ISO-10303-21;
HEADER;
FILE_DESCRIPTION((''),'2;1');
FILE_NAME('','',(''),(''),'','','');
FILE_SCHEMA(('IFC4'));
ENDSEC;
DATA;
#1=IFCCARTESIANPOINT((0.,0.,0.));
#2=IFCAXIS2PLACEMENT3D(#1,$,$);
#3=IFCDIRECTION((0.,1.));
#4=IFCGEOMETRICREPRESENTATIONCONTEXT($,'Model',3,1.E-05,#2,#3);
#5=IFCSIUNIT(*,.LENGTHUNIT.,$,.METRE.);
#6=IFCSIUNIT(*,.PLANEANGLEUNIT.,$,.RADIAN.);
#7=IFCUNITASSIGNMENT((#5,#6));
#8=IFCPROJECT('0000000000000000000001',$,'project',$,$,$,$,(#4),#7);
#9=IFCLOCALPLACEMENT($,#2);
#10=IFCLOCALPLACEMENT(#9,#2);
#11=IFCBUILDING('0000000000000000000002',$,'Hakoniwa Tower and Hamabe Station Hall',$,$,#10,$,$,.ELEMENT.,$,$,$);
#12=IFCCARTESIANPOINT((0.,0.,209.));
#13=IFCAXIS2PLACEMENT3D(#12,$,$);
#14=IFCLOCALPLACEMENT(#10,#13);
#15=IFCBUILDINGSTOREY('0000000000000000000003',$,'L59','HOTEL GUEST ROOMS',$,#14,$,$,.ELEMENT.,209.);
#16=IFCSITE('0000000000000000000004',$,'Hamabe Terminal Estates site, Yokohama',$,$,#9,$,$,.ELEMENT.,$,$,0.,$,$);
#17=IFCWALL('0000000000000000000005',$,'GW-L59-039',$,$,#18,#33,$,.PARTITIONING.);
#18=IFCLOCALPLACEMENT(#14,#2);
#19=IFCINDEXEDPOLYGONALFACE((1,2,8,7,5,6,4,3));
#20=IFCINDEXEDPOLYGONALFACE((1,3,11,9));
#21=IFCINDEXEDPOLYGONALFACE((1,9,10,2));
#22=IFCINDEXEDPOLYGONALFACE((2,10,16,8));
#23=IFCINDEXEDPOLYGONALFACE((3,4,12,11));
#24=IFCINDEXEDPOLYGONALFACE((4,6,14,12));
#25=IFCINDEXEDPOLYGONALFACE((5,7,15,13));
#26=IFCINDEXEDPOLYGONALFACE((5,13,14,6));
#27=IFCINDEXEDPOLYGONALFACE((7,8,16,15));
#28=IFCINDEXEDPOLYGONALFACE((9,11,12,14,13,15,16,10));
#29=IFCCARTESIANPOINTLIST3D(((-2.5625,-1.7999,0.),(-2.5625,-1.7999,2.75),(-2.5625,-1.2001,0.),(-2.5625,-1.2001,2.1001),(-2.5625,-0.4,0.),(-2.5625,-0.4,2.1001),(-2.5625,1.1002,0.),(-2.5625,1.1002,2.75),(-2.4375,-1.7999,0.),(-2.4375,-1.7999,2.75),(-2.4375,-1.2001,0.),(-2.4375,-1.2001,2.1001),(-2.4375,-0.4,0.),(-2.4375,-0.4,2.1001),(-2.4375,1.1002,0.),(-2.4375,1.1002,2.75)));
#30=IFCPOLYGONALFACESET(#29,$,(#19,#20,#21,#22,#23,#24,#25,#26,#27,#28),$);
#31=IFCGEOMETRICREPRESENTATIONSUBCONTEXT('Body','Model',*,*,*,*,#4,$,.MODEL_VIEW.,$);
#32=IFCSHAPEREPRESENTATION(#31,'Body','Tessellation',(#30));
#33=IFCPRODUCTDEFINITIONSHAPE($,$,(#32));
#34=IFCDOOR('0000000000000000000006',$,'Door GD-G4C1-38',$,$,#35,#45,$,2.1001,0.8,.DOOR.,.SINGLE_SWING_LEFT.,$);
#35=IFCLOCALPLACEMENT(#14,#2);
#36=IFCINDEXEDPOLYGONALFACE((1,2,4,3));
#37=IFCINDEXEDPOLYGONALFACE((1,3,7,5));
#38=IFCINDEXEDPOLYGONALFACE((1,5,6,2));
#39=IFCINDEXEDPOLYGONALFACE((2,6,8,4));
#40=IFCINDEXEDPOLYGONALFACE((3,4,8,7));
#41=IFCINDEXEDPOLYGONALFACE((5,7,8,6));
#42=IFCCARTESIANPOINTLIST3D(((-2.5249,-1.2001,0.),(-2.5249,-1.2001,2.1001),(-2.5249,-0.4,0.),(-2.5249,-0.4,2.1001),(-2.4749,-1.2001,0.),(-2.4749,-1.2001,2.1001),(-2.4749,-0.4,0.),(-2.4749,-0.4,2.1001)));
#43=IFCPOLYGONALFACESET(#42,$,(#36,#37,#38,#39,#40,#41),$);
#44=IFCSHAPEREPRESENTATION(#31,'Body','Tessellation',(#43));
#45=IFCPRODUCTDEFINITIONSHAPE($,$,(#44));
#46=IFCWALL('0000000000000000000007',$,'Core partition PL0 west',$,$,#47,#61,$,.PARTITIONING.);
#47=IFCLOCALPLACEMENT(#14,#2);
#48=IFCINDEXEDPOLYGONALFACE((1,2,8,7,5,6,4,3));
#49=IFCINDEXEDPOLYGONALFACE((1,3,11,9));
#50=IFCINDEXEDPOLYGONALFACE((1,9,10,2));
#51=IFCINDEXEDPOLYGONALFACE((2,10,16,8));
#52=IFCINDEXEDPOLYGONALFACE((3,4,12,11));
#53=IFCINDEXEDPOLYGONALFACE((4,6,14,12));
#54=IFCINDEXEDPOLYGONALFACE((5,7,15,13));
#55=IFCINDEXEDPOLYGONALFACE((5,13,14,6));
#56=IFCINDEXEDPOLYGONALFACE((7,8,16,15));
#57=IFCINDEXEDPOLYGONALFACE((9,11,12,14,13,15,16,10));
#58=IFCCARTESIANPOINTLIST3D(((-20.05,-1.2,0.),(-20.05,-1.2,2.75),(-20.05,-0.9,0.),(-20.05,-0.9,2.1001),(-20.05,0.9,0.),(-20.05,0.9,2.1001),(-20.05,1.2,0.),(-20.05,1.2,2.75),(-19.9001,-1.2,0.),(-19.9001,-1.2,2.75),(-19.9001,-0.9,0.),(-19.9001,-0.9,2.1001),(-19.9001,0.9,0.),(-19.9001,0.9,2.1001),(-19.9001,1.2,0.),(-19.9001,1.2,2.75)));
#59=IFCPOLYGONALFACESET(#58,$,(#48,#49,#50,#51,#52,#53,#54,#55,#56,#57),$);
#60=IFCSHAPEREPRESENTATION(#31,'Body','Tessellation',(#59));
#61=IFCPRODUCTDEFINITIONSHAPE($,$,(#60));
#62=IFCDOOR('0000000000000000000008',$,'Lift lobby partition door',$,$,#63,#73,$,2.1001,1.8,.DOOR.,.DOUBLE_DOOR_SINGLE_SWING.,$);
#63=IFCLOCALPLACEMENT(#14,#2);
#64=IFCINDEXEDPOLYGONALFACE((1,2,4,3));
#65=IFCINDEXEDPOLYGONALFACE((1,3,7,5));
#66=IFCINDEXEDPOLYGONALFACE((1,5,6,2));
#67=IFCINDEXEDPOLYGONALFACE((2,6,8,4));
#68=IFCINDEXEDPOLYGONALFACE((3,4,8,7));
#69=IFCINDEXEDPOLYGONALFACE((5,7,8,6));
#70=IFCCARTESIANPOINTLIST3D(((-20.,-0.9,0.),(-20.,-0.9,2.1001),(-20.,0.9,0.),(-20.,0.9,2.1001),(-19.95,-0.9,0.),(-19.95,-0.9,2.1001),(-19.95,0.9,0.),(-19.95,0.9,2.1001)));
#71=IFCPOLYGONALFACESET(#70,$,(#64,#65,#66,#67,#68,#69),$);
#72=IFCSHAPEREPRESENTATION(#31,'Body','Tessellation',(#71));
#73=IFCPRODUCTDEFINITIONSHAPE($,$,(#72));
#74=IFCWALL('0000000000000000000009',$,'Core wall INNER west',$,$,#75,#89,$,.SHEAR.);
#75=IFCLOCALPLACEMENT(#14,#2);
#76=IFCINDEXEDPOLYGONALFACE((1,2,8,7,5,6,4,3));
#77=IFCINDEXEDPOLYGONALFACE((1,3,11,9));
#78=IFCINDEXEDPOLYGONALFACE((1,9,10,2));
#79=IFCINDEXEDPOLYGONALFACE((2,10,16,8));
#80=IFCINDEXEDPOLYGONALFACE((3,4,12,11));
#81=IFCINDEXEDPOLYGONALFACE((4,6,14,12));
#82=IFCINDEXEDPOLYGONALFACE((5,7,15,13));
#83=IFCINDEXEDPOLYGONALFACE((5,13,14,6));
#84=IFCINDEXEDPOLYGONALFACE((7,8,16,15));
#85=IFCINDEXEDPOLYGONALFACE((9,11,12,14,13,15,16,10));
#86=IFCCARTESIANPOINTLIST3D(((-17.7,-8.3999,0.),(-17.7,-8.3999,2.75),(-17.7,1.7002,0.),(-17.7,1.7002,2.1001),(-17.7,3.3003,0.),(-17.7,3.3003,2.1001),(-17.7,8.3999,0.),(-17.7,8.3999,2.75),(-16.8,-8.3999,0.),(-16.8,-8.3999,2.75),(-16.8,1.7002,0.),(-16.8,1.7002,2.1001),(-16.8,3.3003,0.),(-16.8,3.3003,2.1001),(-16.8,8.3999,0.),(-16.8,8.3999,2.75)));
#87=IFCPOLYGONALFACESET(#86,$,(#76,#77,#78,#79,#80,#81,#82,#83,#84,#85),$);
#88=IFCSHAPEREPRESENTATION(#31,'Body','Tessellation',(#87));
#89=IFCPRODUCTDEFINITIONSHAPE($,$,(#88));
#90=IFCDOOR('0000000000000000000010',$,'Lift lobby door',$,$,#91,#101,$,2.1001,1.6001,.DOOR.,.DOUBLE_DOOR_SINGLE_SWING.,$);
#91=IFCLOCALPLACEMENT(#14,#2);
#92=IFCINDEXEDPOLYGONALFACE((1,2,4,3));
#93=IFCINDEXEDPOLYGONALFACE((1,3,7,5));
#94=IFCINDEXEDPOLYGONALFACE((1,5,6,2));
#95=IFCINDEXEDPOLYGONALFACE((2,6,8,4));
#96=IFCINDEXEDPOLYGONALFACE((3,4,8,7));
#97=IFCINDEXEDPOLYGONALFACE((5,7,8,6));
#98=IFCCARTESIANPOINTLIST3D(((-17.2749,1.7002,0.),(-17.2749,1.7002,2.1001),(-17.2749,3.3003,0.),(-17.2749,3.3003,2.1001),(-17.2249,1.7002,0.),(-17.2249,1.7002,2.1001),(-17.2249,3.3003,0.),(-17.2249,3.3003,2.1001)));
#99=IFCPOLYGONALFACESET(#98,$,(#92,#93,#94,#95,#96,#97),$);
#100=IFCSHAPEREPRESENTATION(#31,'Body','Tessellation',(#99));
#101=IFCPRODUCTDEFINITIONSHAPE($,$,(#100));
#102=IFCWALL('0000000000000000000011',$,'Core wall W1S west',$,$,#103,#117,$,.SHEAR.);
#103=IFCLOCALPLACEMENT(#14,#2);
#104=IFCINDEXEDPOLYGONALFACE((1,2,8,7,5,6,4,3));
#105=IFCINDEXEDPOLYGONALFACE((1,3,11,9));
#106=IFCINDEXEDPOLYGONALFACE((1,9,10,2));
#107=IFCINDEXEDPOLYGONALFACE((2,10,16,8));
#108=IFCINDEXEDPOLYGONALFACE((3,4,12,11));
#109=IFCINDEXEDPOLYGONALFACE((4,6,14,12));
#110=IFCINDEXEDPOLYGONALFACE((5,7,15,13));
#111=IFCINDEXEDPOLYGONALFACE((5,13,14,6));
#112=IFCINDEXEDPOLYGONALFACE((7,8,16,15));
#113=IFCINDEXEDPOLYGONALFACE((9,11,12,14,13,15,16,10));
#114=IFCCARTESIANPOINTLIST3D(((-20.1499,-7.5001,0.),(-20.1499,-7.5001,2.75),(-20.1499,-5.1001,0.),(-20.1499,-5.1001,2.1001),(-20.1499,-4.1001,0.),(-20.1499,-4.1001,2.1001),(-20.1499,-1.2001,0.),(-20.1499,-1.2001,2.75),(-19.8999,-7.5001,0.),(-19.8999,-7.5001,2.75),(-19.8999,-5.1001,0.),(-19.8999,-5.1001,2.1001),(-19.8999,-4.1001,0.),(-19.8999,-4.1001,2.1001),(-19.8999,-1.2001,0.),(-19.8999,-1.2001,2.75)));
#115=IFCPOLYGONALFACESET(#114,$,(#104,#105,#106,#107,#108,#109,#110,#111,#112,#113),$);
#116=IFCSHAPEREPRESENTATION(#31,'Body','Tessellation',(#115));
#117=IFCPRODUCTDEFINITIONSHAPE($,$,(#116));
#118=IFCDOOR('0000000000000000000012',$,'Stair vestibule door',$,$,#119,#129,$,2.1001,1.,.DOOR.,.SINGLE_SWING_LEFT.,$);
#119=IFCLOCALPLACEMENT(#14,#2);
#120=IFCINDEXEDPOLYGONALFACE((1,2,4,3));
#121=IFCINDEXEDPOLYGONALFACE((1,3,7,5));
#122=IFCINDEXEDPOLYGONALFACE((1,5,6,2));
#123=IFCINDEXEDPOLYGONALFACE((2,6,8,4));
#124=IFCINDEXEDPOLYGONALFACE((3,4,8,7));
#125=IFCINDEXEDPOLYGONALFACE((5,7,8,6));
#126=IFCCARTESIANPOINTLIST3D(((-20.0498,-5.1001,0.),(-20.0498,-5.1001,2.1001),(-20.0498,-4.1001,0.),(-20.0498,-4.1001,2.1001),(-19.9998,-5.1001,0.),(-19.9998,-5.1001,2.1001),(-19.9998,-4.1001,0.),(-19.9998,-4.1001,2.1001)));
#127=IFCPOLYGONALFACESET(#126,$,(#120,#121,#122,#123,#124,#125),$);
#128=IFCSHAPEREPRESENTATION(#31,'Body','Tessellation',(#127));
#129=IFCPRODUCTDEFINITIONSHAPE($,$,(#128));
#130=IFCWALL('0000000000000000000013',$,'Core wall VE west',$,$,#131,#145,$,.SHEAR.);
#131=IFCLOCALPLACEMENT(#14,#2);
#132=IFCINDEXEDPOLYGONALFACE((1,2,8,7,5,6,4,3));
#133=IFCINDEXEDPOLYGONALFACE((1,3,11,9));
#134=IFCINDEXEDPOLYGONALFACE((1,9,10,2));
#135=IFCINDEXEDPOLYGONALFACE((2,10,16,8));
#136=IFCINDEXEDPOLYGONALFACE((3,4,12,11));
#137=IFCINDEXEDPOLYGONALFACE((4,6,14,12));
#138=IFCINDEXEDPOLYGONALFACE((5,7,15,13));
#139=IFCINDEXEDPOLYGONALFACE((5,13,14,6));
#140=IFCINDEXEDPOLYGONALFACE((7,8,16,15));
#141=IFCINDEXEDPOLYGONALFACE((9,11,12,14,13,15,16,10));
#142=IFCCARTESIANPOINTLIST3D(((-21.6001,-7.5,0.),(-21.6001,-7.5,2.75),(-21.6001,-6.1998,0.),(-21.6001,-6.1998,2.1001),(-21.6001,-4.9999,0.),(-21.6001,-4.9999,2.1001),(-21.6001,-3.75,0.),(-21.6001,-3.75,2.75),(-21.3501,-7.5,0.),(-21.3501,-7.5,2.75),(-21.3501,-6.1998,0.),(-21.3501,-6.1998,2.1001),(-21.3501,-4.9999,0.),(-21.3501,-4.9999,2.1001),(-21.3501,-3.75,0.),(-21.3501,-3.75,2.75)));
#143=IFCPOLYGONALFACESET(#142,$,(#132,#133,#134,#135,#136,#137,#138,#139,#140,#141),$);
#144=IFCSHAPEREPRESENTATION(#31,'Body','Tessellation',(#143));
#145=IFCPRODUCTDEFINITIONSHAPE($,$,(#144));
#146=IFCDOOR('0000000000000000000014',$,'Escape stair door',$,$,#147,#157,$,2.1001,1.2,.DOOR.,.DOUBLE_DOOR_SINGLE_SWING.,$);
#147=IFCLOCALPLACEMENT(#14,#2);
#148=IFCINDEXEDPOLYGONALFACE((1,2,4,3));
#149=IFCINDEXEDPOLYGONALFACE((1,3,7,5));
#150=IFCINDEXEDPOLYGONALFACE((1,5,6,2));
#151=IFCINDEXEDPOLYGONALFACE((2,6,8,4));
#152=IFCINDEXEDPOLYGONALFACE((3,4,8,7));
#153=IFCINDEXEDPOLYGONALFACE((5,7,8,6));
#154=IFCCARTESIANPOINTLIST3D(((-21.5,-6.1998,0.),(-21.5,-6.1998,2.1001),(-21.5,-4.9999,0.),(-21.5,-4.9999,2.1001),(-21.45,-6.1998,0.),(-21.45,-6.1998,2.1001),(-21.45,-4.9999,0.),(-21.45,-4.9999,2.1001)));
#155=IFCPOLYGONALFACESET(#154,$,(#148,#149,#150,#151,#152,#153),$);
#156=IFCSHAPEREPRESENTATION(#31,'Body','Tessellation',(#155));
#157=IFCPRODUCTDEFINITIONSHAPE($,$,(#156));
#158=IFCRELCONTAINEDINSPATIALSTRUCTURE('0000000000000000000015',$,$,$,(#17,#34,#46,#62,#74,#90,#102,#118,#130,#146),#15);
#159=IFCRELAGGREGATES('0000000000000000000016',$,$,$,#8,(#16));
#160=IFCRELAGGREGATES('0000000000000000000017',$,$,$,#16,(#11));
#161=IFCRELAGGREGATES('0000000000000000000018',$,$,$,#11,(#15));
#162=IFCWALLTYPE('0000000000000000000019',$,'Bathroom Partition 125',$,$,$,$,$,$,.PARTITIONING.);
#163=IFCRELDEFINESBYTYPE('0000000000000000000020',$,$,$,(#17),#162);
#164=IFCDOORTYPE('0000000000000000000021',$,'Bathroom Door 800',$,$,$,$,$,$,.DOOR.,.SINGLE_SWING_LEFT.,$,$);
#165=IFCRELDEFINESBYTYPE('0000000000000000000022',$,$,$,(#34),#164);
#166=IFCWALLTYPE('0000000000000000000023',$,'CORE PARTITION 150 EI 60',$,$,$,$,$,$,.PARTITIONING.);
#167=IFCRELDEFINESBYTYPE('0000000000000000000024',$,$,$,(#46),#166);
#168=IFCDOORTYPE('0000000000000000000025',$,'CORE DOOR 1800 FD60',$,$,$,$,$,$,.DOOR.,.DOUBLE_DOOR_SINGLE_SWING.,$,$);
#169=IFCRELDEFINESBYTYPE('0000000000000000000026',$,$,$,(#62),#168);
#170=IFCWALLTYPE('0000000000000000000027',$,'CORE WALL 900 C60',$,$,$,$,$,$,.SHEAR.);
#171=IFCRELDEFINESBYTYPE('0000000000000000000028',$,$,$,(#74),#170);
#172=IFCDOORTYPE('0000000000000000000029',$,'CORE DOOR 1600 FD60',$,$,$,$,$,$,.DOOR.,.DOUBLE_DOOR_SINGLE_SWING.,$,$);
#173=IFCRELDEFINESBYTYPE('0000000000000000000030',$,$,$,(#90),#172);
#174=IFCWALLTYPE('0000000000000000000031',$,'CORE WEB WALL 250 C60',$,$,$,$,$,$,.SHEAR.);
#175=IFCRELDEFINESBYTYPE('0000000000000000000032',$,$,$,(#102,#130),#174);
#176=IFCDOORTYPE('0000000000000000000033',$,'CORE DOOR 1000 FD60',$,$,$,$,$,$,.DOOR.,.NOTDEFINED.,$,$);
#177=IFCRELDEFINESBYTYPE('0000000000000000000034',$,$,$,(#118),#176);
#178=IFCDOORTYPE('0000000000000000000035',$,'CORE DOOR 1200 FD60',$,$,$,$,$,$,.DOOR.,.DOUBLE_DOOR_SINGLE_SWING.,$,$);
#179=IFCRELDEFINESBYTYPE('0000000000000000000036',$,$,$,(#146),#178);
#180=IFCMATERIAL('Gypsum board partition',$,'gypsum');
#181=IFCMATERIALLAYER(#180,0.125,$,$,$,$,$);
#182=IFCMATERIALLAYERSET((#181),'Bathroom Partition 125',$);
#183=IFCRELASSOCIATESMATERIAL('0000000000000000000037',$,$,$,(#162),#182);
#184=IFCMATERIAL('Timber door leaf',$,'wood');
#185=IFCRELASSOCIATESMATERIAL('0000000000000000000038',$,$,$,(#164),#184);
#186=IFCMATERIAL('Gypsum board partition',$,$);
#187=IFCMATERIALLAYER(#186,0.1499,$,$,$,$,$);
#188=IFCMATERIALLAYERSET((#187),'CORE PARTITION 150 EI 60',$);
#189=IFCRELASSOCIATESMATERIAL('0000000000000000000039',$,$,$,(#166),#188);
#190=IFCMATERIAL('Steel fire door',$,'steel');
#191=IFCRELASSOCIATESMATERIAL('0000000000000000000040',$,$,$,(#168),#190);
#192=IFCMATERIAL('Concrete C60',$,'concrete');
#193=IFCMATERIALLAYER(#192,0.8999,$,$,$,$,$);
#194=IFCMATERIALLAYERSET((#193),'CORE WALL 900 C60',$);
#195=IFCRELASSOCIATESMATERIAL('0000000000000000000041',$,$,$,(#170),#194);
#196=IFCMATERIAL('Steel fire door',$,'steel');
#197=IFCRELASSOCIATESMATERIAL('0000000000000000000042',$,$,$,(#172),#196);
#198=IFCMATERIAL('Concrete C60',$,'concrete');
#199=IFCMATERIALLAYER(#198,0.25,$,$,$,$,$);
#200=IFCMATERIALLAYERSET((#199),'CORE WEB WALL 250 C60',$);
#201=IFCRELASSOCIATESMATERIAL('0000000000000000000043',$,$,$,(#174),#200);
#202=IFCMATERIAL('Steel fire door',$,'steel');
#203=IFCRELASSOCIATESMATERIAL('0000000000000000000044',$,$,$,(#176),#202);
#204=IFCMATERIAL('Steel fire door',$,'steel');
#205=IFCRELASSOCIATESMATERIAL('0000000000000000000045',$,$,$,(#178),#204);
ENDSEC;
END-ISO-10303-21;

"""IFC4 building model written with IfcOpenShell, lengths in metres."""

from ifc_helpers import new_model, si_unit, direction, frame, frame_2d, origin, place, context, subcontext, project, spatial, rectangle, extrude, material, layer, layer_set, type_object, element, fill, save


model = new_model("IFC4")

# Units and contexts
model_context = context("Model", 3, precision=1e-05, world=origin(), true_north=direction((0.0, 1.0)))
body_context = subcontext(model_context, "Body", "Model", "MODEL_VIEW")
ifc_project = project(units=[si_unit("LENGTHUNIT", "METRE"), si_unit("PLANEANGLEUNIT", "RADIAN")], contexts=[model_context])

# Site, building, storey
site_placement = place(None, origin())
site = spatial("IfcSite", under=ifc_project, at=site_placement, Name="Hamabe Terminal Estates site, Yokohama", CompositionType="ELEMENT", RefElevation=0.0)
building_placement = place(site_placement, origin())
building = spatial("IfcBuilding", under=site, at=building_placement, Name="Hakoniwa Tower and Hamabe Station Hall", CompositionType="ELEMENT")
storey_placement = place(building_placement, frame((0.0, 0.0, 209.0)))
storey = spatial("IfcBuildingStorey", under=building, at=storey_placement, Name="L59", Description="HOTEL GUEST ROOMS", CompositionType="ELEMENT", Elevation=209.0)

# Shared definitions
ifc_material_1 = material(Name="Gypsum board partition", Category="gypsum")
ifc_layer_1 = layer(ifc_material_1, 0.125)
ifc_layer_set_1 = layer_set([ifc_layer_1], Name="Bathroom Partition 125")
wall_type_1 = type_object("IfcWallType", Name="Bathroom Partition 125", PredefinedType="PARTITIONING", material=ifc_layer_set_1)

# Walls, openings, doors
ifc_material_2 = material(Name="Timber door leaf", Category="wood")
door_type_1 = type_object("IfcDoorType", Name="Bathroom Door 800", OperationType="SINGLE_SWING_LEFT", PredefinedType="DOOR", material=ifc_material_2)
wall_1_placement = place(storey_placement, frame((-2.5, -1.8, 0.0), z_axis=(0.0, 0.0, 1.0), x_axis=(0.0, 1.0, 0.0)))
wall_1 = element("IfcWall", 1, at=wall_1_placement, inside=storey, type_object=wall_type_1, Name="GW-L59-039", PredefinedType="PARTITIONING", context=body_context, shape_type="SweptSolid", body=[
    extrude(rectangle(XDim=2.9001, YDim=0.125, at=frame_2d((1.4502, 0.0))), origin(), (0.0, 0.0, 1.0), 2.75),
])
opening_1_placement = place(wall_1_placement, frame((0.6001, 0.0, 0.0)))
opening_1 = element("IfcOpeningElement", 2, at=opening_1_placement, cuts=wall_1, PredefinedType="OPENING", context=body_context, shape_type="SweptSolid", body=[
    extrude(rectangle(XDim=0.8, YDim=2.1001, at=frame_2d((0.3999, 1.05))), frame((0.0, 0.0725, 0.0), z_axis=(0.0, -1.0, 0.0), x_axis=(1.0, 0.0, 0.0)), (0.0, 0.0, 1.0), 0.145),
])
door_1_placement = place(opening_1_placement, origin())
door_1 = element("IfcDoor", 3, at=door_1_placement, inside=storey, type_object=door_type_1, Name="Door GD-G4C1-38", OperationType="SINGLE_SWING_LEFT", OverallHeight=2.1001, OverallWidth=0.8, PredefinedType="DOOR", context=body_context, shape_type="SweptSolid", body=[
    extrude(rectangle(XDim=0.8, YDim=2.1001, at=frame_2d((0.3999, 1.05))), frame((0.0, 0.0249, 0.0), z_axis=(0.0, -1.0, 0.0), x_axis=(1.0, 0.0, 0.0)), (0.0, 0.0, 1.0), 0.05),
])
fill(opening_1, door_1)
ifc_material_3 = material(Name="Gypsum board partition")
ifc_layer_2 = layer(ifc_material_3, 0.1499)
ifc_layer_set_2 = layer_set([ifc_layer_2], Name="CORE PARTITION 150 EI 60")
wall_type_2 = type_object("IfcWallType", Name="CORE PARTITION 150 EI 60", PredefinedType="PARTITIONING", material=ifc_layer_set_2)
wall_2_placement = place(storey_placement, frame((-19.9751, -1.2, 0.0), z_axis=(0.0, 0.0, 1.0), x_axis=(0.0, 1.0, 0.0)))
wall_2 = element("IfcWall", 4, at=wall_2_placement, inside=storey, type_object=wall_type_2, Name="Core partition PL0 west", PredefinedType="PARTITIONING", context=body_context, shape_type="SweptSolid", body=[
    extrude(rectangle(XDim=2.3999, YDim=0.1499, at=frame_2d((1.2, 0.0))), origin(), (0.0, 0.0, 1.0), 2.75),
])
opening_2_placement = place(wall_2_placement, frame((0.3, 0.0, 0.0)))
opening_2 = element("IfcOpeningElement", 5, at=opening_2_placement, cuts=wall_2, PredefinedType="OPENING", context=body_context, shape_type="SweptSolid", body=[
    extrude(rectangle(XDim=1.8, YDim=2.1001, at=frame_2d((0.8999, 1.05))), frame((0.0, 0.085, 0.0), z_axis=(0.0, -1.0, 0.0), x_axis=(1.0, 0.0, 0.0)), (0.0, 0.0, 1.0), 0.1699),
])
ifc_material_4 = material(Name="Steel fire door", Category="steel")
door_type_2 = type_object("IfcDoorType", Name="CORE DOOR 1800 FD60", OperationType="DOUBLE_DOOR_SINGLE_SWING", PredefinedType="DOOR", material=ifc_material_4)
door_2_placement = place(opening_2_placement, origin())
door_2 = element("IfcDoor", 6, at=door_2_placement, inside=storey, type_object=door_type_2, Name="Lift lobby partition door", OperationType="DOUBLE_DOOR_SINGLE_SWING", OverallHeight=2.1001, OverallWidth=1.8, PredefinedType="DOOR", context=body_context, shape_type="SweptSolid", body=[
    extrude(rectangle(XDim=1.8, YDim=2.1001, at=frame_2d((0.8999, 1.05))), frame((0.0, 0.0249, 0.0), z_axis=(0.0, -1.0, 0.0), x_axis=(1.0, 0.0, 0.0)), (0.0, 0.0, 1.0), 0.05),
])
fill(opening_2, door_2)
ifc_material_5 = material(Name="Concrete C60", Category="concrete")
ifc_layer_3 = layer(ifc_material_5, 0.8999)
ifc_layer_set_3 = layer_set([ifc_layer_3], Name="CORE WALL 900 C60")
wall_type_3 = type_object("IfcWallType", Name="CORE WALL 900 C60", PredefinedType="SHEAR", material=ifc_layer_set_3)
wall_3_placement = place(storey_placement, frame((-17.25, -8.3999, 0.0), z_axis=(0.0, 0.0, 1.0), x_axis=(0.0, 1.0, 0.0)))
wall_3 = element("IfcWall", 7, at=wall_3_placement, inside=storey, type_object=wall_type_3, Name="Core wall INNER west", PredefinedType="SHEAR", context=body_context, shape_type="SweptSolid", body=[
    extrude(rectangle(XDim=16.7998, YDim=0.8999, at=frame_2d((8.3999, 0.0))), origin(), (0.0, 0.0, 1.0), 2.75),
])
opening_3_placement = place(wall_3_placement, frame((10.1001, 0.0, 0.0)))
opening_3 = element("IfcOpeningElement", 8, at=opening_3_placement, cuts=wall_3, PredefinedType="OPENING", context=body_context, shape_type="SweptSolid", body=[
    extrude(rectangle(XDim=1.6001, YDim=2.1001, at=frame_2d((0.8, 1.05))), frame((0.0, 0.46, 0.0), z_axis=(0.0, -1.0, 0.0), x_axis=(1.0, 0.0, 0.0)), (0.0, 0.0, 1.0), 0.9199),
])
ifc_material_6 = material(Name="Steel fire door", Category="steel")
door_type_3 = type_object("IfcDoorType", Name="CORE DOOR 1600 FD60", OperationType="DOUBLE_DOOR_SINGLE_SWING", PredefinedType="DOOR", material=ifc_material_6)
door_3_placement = place(opening_3_placement, origin())
door_3 = element("IfcDoor", 9, at=door_3_placement, inside=storey, type_object=door_type_3, Name="Lift lobby door", OperationType="DOUBLE_DOOR_SINGLE_SWING", OverallHeight=2.1001, OverallWidth=1.6001, PredefinedType="DOOR", context=body_context, shape_type="SweptSolid", body=[
    extrude(rectangle(XDim=1.6001, YDim=2.1001, at=frame_2d((0.8, 1.05))), frame((0.0, 0.0249, 0.0), z_axis=(0.0, -1.0, 0.0), x_axis=(1.0, 0.0, 0.0)), (0.0, 0.0, 1.0), 0.05),
])
fill(opening_3, door_3)
ifc_material_7 = material(Name="Concrete C60", Category="concrete")
ifc_layer_4 = layer(ifc_material_7, 0.25)
ifc_layer_set_4 = layer_set([ifc_layer_4], Name="CORE WEB WALL 250 C60")
wall_type_4 = type_object("IfcWallType", Name="CORE WEB WALL 250 C60", PredefinedType="SHEAR", material=ifc_layer_set_4)
wall_4_placement = place(storey_placement, frame((-20.0249, -7.5, 0.0), z_axis=(0.0, 0.0, 1.0), x_axis=(0.0, 1.0, 0.0)))
wall_4 = element("IfcWall", 10, at=wall_4_placement, inside=storey, type_object=wall_type_4, Name="Core wall W1S west", PredefinedType="SHEAR", context=body_context, shape_type="SweptSolid", body=[
    extrude(rectangle(XDim=6.3, YDim=0.25, at=frame_2d((3.1499, 0.0))), origin(), (0.0, 0.0, 1.0), 2.75),
])
opening_4_placement = place(wall_4_placement, frame((2.3999, 0.0, 0.0)))
opening_4 = element("IfcOpeningElement", 11, at=opening_4_placement, cuts=wall_4, PredefinedType="OPENING", context=body_context, shape_type="SweptSolid", body=[
    extrude(rectangle(XDim=1.0, YDim=2.1001, at=frame_2d((0.5, 1.05))), frame((0.0, 0.135, 0.0), z_axis=(0.0, -1.0, 0.0), x_axis=(1.0, 0.0, 0.0)), (0.0, 0.0, 1.0), 0.27),
])
ifc_material_8 = material(Name="Steel fire door", Category="steel")
door_type_4 = type_object("IfcDoorType", Name="CORE DOOR 1000 FD60", OperationType="NOTDEFINED", PredefinedType="DOOR", material=ifc_material_8)
door_4_placement = place(opening_4_placement, origin())
door_4 = element("IfcDoor", 12, at=door_4_placement, inside=storey, type_object=door_type_4, Name="Stair vestibule door", OperationType="SINGLE_SWING_LEFT", OverallHeight=2.1001, OverallWidth=1.0, PredefinedType="DOOR", context=body_context, shape_type="SweptSolid", body=[
    extrude(rectangle(XDim=1.0, YDim=2.1001, at=frame_2d((0.5, 1.05))), frame((0.0, 0.0249, 0.0), z_axis=(0.0, -1.0, 0.0), x_axis=(1.0, 0.0, 0.0)), (0.0, 0.0, 1.0), 0.05),
])
fill(opening_4, door_4)
wall_5_placement = place(storey_placement, frame((-21.4751, -7.5, 0.0), z_axis=(0.0, 0.0, 1.0), x_axis=(0.0, 1.0, 0.0)))
wall_5 = element("IfcWall", 13, at=wall_5_placement, inside=storey, type_object=wall_type_4, Name="Core wall VE west", PredefinedType="SHEAR", context=body_context, shape_type="SweptSolid", body=[
    extrude(rectangle(XDim=3.75, YDim=0.25, at=frame_2d((1.875, 0.0))), origin(), (0.0, 0.0, 1.0), 2.75),
])
opening_5_placement = place(wall_5_placement, frame((1.3, 0.0, 0.0)))
opening_5 = element("IfcOpeningElement", 14, at=opening_5_placement, cuts=wall_5, PredefinedType="OPENING", context=body_context, shape_type="SweptSolid", body=[
    extrude(rectangle(XDim=1.2, YDim=2.1001, at=frame_2d((0.6001, 1.05))), frame((0.0, 0.135, 0.0), z_axis=(0.0, -1.0, 0.0), x_axis=(1.0, 0.0, 0.0)), (0.0, 0.0, 1.0), 0.27),
])
ifc_material_9 = material(Name="Steel fire door", Category="steel")
door_type_5 = type_object("IfcDoorType", Name="CORE DOOR 1200 FD60", OperationType="DOUBLE_DOOR_SINGLE_SWING", PredefinedType="DOOR", material=ifc_material_9)
door_5_placement = place(opening_5_placement, origin())
door_5 = element("IfcDoor", 15, at=door_5_placement, inside=storey, type_object=door_type_5, Name="Escape stair door", OperationType="DOUBLE_DOOR_SINGLE_SWING", OverallHeight=2.1001, OverallWidth=1.2, PredefinedType="DOOR", context=body_context, shape_type="SweptSolid", body=[
    extrude(rectangle(XDim=1.2, YDim=2.1001, at=frame_2d((0.6001, 1.05))), frame((0.0, 0.0249, 0.0), z_axis=(0.0, -1.0, 0.0), x_axis=(1.0, 0.0, 0.0)), (0.0, 0.0, 1.0), 0.05),
])
fill(opening_5, door_5)

save(model, "model.ifc")
